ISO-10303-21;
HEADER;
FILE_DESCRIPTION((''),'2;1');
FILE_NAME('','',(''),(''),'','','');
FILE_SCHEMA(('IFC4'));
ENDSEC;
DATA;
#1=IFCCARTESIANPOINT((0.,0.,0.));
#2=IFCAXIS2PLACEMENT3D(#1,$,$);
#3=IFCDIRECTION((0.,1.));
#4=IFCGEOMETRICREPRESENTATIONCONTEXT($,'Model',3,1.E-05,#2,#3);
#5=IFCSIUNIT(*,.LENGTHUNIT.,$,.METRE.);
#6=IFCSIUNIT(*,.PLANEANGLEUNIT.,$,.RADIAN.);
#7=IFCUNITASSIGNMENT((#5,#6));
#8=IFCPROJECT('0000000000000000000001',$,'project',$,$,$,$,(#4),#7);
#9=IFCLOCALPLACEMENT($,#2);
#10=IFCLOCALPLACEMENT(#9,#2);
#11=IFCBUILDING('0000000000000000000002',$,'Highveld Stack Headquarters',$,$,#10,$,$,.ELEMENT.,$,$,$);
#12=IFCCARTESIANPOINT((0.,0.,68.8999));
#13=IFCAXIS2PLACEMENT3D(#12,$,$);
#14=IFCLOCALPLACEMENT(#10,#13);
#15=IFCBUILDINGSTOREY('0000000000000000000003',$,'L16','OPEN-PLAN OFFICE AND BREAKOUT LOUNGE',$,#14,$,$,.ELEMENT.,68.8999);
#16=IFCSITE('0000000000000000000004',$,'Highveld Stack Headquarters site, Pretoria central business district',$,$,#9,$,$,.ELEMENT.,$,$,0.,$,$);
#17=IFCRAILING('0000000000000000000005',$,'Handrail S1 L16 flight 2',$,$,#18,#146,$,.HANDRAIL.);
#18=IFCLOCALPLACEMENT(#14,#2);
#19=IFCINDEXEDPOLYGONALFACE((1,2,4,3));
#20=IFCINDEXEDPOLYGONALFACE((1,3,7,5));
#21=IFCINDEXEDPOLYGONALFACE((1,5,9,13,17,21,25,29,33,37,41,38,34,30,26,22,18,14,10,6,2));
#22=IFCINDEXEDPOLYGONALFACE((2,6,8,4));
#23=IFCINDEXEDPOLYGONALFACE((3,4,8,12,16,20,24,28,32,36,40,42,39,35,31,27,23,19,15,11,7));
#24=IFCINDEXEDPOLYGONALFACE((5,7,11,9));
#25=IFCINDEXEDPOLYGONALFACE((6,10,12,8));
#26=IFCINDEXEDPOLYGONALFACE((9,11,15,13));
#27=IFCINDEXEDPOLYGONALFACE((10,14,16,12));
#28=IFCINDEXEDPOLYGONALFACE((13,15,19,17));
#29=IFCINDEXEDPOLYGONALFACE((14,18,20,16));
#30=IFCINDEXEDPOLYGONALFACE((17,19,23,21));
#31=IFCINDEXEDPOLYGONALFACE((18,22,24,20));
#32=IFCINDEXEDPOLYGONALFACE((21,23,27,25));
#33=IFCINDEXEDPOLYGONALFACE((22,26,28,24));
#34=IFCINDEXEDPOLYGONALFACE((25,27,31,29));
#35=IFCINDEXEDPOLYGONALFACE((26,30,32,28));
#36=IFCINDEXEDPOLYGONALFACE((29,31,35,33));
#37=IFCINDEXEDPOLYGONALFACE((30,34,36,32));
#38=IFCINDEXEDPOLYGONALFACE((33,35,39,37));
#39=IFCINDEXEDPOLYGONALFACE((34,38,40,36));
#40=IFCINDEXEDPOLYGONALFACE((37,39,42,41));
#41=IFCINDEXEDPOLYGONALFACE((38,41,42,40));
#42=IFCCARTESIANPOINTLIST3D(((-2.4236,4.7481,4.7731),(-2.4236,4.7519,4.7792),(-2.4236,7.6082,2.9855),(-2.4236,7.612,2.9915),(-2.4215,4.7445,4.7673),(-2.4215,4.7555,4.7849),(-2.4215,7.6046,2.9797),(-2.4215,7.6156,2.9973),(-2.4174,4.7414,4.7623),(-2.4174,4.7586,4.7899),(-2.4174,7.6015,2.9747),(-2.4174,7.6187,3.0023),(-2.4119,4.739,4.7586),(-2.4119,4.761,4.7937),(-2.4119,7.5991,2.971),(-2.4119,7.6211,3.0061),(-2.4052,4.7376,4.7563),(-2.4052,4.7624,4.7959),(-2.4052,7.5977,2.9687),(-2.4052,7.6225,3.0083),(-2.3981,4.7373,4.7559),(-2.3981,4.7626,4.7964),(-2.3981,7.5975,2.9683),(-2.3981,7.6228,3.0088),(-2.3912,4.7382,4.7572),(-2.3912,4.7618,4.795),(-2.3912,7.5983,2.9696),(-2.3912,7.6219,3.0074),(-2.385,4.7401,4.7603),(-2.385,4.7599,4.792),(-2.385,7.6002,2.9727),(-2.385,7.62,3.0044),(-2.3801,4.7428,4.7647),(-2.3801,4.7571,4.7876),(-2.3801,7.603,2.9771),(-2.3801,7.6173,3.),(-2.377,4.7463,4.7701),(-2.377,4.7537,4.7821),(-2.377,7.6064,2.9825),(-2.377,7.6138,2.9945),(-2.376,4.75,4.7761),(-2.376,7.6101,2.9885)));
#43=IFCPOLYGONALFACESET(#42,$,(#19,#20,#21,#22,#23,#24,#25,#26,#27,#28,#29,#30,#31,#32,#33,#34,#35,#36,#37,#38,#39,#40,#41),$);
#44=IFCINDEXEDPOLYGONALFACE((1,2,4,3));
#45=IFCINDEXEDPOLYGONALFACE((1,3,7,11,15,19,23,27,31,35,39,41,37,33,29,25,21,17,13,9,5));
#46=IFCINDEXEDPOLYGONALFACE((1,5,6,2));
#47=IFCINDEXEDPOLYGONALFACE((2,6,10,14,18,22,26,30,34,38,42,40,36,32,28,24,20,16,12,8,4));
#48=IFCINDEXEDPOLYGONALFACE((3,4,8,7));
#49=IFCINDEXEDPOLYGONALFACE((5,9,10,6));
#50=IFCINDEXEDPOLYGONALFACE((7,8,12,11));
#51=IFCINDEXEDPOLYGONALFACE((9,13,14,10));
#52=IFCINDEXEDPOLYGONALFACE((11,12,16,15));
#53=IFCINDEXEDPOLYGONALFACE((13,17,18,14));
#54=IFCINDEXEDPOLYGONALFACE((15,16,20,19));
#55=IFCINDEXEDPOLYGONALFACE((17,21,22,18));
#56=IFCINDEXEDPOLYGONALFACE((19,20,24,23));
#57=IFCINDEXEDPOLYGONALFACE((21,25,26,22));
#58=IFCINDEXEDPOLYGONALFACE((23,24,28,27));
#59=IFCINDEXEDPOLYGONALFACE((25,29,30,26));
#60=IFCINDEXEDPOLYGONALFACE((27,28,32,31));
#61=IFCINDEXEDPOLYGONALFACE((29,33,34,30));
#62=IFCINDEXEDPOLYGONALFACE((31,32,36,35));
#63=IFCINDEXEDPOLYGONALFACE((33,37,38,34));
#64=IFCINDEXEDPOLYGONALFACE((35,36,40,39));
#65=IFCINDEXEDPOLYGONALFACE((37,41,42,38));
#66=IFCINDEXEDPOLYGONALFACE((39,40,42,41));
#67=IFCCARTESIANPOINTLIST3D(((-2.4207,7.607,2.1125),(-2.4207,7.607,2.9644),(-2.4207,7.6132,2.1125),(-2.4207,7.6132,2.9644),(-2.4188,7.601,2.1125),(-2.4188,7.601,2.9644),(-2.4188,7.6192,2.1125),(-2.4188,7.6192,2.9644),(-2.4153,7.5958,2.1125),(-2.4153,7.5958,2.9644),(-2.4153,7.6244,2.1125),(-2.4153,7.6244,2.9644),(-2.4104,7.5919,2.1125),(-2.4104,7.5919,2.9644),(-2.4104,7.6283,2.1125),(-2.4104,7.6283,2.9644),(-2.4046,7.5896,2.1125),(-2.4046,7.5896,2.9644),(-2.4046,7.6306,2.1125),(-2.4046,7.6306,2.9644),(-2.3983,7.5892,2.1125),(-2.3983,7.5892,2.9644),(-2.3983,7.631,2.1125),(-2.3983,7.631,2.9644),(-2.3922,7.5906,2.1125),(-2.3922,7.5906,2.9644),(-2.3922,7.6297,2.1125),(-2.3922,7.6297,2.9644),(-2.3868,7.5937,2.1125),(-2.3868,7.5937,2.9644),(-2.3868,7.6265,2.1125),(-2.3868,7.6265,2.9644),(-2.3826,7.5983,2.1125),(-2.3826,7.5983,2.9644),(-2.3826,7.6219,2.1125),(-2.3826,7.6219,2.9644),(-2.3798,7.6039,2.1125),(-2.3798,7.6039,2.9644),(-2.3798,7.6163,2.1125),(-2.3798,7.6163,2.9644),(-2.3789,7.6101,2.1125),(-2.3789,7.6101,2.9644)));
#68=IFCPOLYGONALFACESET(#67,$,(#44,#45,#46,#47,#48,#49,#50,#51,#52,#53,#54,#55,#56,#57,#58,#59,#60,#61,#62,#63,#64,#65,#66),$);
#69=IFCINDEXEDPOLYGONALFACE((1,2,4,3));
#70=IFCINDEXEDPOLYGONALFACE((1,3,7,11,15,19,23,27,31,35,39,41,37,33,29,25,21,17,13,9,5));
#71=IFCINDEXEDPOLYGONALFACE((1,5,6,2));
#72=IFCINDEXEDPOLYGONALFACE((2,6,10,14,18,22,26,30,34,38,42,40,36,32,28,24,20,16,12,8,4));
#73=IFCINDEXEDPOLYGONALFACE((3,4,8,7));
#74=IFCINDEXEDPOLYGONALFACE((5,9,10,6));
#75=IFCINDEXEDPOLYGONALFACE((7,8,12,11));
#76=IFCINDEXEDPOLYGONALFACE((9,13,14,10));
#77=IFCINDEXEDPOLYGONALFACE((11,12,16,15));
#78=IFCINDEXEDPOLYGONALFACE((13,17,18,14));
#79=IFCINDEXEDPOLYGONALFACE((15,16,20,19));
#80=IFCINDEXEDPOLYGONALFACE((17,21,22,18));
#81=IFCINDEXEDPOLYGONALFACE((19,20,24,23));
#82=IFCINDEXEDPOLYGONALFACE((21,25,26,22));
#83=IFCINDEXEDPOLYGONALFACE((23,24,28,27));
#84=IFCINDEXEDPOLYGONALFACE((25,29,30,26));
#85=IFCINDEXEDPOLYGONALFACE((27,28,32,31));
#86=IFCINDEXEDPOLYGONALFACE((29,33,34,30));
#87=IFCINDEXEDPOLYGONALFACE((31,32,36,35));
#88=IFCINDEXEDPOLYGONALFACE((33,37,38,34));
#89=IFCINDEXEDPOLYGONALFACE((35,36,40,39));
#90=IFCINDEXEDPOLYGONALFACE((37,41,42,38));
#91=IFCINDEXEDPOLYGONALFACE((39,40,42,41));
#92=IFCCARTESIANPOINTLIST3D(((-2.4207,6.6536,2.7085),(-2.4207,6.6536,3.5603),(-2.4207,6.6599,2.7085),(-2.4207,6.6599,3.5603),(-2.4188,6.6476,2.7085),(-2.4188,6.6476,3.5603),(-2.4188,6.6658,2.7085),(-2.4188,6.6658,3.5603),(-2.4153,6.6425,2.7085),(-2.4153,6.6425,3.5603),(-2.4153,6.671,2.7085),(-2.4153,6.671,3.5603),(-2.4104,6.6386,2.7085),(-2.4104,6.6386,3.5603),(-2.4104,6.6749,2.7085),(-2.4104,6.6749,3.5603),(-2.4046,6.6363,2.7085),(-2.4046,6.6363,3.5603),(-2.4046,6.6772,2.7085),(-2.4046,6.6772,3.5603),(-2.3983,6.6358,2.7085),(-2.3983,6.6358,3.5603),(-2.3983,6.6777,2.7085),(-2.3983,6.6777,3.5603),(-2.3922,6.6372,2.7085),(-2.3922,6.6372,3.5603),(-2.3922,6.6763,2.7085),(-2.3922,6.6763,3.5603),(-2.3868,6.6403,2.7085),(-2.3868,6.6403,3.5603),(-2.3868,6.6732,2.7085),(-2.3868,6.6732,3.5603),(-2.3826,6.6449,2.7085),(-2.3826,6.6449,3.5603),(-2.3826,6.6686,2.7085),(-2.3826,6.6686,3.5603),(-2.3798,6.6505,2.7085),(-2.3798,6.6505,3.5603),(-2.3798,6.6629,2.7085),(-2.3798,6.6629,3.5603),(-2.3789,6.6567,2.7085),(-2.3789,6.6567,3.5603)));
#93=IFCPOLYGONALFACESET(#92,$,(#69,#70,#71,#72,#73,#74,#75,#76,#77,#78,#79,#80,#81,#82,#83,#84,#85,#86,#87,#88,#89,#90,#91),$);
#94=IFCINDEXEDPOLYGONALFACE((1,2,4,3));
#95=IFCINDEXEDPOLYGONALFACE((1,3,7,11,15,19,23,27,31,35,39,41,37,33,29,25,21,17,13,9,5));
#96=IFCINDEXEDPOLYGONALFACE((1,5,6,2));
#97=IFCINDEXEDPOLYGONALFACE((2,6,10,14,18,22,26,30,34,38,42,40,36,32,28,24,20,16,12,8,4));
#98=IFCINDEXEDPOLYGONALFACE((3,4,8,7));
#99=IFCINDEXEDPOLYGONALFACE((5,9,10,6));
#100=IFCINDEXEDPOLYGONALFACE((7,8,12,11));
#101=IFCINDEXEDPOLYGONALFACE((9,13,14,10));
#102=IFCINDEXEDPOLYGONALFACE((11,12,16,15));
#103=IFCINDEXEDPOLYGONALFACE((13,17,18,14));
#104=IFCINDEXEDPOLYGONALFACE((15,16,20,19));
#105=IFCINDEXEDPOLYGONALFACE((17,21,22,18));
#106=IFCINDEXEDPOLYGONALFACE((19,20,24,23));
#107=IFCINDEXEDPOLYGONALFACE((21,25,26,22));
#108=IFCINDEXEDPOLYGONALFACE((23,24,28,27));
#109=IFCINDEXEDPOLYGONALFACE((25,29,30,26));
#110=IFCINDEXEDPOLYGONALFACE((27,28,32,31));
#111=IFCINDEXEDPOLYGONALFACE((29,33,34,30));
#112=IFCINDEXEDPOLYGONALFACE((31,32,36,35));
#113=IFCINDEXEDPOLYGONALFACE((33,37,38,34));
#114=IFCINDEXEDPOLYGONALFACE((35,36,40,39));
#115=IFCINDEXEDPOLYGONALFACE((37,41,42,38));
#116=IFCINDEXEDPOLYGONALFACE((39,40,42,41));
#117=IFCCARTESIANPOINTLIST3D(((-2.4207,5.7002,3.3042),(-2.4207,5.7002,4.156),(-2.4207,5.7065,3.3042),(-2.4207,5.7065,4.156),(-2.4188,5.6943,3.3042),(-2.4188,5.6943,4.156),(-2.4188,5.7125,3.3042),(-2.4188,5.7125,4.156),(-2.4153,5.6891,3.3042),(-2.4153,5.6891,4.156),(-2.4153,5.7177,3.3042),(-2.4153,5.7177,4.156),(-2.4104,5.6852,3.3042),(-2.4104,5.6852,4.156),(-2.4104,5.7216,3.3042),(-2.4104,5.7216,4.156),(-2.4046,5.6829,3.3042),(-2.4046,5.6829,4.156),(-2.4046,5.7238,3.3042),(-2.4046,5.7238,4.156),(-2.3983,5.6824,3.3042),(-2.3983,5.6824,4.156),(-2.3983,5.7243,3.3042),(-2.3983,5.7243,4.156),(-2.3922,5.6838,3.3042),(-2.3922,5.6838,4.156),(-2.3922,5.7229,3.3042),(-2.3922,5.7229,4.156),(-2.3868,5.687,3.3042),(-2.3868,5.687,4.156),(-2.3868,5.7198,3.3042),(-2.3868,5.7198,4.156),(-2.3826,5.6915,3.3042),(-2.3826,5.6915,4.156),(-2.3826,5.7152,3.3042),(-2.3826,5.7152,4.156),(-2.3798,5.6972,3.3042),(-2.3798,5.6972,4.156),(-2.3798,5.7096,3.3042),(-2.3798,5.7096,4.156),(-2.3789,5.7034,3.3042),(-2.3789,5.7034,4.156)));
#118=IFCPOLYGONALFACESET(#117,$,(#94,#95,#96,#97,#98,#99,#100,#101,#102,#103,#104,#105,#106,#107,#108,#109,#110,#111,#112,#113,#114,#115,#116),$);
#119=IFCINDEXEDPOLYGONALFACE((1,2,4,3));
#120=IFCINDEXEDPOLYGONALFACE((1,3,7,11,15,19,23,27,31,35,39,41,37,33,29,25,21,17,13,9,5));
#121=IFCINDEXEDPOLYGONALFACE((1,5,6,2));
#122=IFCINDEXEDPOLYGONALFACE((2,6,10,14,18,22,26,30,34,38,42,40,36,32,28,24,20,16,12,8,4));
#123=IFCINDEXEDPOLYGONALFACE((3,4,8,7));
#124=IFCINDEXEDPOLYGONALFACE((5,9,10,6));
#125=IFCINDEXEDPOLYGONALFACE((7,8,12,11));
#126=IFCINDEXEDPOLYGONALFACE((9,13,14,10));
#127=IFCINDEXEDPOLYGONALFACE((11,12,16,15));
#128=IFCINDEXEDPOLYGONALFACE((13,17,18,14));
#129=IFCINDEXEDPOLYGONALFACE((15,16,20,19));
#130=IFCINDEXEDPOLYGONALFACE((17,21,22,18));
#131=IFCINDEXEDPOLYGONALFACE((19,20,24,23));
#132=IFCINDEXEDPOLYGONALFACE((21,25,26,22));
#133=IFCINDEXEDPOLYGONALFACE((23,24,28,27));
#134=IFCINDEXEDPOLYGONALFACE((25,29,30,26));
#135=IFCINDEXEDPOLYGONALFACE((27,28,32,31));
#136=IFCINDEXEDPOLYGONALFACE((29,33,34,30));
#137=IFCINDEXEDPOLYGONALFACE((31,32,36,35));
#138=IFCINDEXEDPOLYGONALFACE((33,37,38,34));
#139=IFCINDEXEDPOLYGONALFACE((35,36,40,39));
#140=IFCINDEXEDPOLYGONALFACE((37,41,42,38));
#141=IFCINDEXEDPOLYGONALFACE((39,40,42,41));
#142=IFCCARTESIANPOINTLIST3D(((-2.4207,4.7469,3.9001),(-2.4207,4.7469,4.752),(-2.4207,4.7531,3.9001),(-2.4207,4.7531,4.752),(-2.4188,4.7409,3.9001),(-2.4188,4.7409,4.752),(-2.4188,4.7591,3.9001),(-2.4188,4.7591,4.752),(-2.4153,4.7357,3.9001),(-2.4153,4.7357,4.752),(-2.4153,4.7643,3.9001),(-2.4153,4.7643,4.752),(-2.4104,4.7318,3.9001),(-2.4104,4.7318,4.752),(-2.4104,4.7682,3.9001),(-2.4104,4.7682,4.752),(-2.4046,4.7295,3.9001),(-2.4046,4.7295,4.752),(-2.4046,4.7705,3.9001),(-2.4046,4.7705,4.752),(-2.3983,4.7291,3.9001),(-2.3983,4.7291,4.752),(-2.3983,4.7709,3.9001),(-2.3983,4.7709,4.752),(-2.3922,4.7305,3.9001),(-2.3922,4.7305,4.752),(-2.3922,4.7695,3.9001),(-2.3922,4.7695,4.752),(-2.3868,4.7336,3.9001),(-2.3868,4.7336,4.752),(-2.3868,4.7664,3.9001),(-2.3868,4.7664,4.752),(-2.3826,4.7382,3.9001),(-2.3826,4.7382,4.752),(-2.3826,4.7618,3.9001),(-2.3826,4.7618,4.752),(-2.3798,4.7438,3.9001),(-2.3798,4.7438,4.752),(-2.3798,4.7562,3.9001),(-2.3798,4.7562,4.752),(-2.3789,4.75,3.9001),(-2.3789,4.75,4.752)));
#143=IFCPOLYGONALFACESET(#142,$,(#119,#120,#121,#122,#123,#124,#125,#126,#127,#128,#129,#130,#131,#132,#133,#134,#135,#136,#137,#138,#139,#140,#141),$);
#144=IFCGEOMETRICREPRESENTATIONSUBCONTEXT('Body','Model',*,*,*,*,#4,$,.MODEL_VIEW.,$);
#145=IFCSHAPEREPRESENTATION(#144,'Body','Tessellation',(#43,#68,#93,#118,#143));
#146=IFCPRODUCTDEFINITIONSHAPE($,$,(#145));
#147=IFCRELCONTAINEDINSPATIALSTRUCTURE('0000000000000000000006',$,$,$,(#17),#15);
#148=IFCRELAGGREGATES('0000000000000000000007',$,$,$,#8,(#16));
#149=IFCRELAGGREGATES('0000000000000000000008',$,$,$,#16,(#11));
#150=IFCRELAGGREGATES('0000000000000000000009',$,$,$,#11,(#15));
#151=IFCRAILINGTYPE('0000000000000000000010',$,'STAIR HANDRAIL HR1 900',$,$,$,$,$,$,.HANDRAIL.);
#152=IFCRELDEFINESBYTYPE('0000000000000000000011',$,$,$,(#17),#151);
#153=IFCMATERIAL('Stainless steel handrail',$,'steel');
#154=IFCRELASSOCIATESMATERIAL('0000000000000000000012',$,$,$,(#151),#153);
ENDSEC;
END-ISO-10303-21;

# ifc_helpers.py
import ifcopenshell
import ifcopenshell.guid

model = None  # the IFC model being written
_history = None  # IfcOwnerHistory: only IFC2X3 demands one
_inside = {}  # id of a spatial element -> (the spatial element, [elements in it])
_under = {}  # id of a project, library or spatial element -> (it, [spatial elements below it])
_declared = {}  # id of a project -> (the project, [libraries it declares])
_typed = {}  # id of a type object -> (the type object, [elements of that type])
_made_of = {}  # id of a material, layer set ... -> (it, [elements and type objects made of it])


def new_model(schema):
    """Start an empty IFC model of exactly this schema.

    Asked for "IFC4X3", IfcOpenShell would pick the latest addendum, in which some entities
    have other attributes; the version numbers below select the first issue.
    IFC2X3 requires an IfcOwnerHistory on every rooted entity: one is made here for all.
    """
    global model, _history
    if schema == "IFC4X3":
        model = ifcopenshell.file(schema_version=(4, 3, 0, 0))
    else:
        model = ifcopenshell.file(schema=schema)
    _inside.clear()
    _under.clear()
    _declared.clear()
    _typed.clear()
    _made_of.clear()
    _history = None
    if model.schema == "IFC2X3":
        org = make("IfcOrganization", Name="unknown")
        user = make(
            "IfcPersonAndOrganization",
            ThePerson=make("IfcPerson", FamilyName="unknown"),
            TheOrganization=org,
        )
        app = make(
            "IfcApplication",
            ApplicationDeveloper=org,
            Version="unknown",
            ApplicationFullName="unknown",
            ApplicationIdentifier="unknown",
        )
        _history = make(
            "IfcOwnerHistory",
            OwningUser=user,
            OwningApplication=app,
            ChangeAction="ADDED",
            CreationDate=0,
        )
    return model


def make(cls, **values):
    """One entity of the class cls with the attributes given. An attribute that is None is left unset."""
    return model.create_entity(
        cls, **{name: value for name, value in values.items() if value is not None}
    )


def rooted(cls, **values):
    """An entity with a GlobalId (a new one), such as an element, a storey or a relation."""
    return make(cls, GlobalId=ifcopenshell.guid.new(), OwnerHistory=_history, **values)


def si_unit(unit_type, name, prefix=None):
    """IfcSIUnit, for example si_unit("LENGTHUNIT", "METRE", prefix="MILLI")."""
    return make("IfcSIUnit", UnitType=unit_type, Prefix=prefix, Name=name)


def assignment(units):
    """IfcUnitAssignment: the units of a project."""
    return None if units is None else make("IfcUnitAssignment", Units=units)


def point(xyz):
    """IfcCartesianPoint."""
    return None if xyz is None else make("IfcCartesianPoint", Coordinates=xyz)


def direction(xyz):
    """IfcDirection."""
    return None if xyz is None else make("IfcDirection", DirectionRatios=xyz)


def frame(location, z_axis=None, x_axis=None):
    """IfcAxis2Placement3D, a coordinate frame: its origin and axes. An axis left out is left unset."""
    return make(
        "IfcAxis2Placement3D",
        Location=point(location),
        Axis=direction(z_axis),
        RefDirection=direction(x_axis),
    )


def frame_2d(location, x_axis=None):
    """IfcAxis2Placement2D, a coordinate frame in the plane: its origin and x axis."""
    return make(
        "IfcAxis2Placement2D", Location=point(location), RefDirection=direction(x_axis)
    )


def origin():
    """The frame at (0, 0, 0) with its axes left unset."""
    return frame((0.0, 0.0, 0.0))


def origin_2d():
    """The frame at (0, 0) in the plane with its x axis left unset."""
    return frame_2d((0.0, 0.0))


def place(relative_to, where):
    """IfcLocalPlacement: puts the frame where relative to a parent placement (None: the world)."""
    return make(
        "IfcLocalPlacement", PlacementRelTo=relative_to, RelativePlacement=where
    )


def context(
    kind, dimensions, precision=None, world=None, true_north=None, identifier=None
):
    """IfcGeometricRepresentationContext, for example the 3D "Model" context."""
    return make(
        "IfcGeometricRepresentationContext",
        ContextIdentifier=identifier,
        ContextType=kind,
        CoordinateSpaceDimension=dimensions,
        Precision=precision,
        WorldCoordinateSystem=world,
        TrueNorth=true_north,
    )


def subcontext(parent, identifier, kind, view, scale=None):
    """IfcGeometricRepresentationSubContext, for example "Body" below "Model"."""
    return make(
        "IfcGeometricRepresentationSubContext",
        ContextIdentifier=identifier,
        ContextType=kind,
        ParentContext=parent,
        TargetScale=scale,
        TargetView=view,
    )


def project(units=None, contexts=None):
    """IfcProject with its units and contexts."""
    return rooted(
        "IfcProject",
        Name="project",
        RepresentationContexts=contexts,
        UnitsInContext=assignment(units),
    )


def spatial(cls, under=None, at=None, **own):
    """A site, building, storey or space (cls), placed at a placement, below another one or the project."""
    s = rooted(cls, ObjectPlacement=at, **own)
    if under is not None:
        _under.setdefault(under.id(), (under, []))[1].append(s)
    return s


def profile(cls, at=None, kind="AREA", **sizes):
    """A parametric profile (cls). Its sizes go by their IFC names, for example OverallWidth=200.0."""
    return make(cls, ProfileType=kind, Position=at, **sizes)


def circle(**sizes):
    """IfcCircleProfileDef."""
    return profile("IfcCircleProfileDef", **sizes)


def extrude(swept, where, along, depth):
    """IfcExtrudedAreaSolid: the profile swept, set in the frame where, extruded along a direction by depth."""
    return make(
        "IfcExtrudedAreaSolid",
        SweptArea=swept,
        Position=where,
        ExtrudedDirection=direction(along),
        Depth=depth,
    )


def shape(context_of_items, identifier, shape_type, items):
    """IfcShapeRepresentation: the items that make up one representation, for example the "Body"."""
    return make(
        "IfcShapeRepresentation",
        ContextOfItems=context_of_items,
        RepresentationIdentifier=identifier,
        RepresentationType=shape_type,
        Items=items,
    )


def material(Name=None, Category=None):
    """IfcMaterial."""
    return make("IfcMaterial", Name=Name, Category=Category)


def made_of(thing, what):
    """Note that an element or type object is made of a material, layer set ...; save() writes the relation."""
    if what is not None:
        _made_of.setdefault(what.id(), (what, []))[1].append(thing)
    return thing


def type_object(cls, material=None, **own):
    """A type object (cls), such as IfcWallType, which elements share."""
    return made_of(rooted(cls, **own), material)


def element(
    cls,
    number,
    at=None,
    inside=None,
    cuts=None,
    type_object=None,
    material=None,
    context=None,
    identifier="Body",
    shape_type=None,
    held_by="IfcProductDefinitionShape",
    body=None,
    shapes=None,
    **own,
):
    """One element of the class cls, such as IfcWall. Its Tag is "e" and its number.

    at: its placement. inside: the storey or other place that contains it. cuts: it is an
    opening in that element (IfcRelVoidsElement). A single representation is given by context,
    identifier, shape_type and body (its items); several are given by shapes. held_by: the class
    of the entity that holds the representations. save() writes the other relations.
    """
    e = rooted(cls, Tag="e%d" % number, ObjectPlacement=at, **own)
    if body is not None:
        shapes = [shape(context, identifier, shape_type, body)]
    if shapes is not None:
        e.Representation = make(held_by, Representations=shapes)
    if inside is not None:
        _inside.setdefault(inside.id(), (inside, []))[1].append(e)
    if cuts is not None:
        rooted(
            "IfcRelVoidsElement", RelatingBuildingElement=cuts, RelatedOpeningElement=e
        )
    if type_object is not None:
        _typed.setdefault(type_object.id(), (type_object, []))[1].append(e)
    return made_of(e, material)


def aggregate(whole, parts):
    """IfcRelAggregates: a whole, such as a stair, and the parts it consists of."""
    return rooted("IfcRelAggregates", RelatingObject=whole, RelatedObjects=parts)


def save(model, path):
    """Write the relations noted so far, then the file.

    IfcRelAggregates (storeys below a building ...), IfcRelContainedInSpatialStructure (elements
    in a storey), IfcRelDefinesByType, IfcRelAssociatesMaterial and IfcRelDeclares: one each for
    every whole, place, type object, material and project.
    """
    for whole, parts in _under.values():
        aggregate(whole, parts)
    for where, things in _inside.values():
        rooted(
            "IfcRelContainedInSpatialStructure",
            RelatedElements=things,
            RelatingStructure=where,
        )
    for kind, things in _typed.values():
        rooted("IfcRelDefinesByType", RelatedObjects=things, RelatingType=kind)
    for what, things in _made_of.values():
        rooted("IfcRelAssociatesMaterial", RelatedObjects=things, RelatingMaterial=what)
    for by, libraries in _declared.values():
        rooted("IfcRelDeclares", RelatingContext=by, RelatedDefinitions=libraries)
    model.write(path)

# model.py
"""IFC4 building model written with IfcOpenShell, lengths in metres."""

from ifc_helpers import new_model, si_unit, direction, frame, origin, origin_2d, place, context, subcontext, project, spatial, circle, extrude, material, type_object, element, save


model = new_model("IFC4")

# Units and contexts
model_context = context("Model", 3, precision=1e-05, world=origin(), true_north=direction((0.0, 1.0)))
body_context = subcontext(model_context, "Body", "Model", "MODEL_VIEW")
ifc_project = project(units=[si_unit("LENGTHUNIT", "METRE"), si_unit("PLANEANGLEUNIT", "RADIAN")], contexts=[model_context])

# Site, building, storey
site_placement = place(None, origin())
site = spatial("IfcSite", under=ifc_project, at=site_placement, Name="Highveld Stack Headquarters site, Pretoria central business district", CompositionType="ELEMENT", RefElevation=0.0)
building_placement = place(site_placement, origin())
building = spatial("IfcBuilding", under=site, at=building_placement, Name="Highveld Stack Headquarters", CompositionType="ELEMENT")
storey_placement = place(building_placement, frame((0.0, 0.0, 68.8999)))
storey = spatial("IfcBuildingStorey", under=building, at=storey_placement, Name="L16", Description="OPEN-PLAN OFFICE AND BREAKOUT LOUNGE", CompositionType="ELEMENT", Elevation=68.8999)

# Railing
ifc_material_1 = material(Name="Stainless steel handrail", Category="steel")
railing_type = type_object("IfcRailingType", Name="STAIR HANDRAIL HR1 900", PredefinedType="HANDRAIL", material=ifc_material_1)
for number, where, name in (
    (1, (-2.3999, 7.6101, 2.1125), "Handrail S1 L16 flight 2"),
):
    element("IfcRailing", number, at=place(storey_placement, frame(where)), inside=storey, type_object=railing_type, Name=name, PredefinedType="HANDRAIL", context=body_context, shape_type="SweptSolid", body=[
        extrude(circle(Radius=0.0239, at=origin_2d()), frame((0.0, 0.0, 0.876), z_axis=(0.0, -0.847994, 0.530005), x_axis=(1.0, 0.0, 0.0)), (0.0, 0.0, 1.0), 3.3728),
        extrude(circle(Radius=0.021, at=origin_2d()), origin(), (0.0, 0.0, 1.0), 0.8518),
        extrude(circle(Radius=0.021, at=origin_2d()), frame((0.0, -0.9534, 0.5959)), (0.0, 0.0, 1.0), 0.8518),
        extrude(circle(Radius=0.021, at=origin_2d()), frame((0.0, -1.9067, 1.1917)), (0.0, 0.0, 1.0), 0.8518),
        extrude(circle(Radius=0.021, at=origin_2d()), frame((0.0, -2.8601, 1.7876)), (0.0, 0.0, 1.0), 0.8518),
    ])

save(model, "model.ifc")
